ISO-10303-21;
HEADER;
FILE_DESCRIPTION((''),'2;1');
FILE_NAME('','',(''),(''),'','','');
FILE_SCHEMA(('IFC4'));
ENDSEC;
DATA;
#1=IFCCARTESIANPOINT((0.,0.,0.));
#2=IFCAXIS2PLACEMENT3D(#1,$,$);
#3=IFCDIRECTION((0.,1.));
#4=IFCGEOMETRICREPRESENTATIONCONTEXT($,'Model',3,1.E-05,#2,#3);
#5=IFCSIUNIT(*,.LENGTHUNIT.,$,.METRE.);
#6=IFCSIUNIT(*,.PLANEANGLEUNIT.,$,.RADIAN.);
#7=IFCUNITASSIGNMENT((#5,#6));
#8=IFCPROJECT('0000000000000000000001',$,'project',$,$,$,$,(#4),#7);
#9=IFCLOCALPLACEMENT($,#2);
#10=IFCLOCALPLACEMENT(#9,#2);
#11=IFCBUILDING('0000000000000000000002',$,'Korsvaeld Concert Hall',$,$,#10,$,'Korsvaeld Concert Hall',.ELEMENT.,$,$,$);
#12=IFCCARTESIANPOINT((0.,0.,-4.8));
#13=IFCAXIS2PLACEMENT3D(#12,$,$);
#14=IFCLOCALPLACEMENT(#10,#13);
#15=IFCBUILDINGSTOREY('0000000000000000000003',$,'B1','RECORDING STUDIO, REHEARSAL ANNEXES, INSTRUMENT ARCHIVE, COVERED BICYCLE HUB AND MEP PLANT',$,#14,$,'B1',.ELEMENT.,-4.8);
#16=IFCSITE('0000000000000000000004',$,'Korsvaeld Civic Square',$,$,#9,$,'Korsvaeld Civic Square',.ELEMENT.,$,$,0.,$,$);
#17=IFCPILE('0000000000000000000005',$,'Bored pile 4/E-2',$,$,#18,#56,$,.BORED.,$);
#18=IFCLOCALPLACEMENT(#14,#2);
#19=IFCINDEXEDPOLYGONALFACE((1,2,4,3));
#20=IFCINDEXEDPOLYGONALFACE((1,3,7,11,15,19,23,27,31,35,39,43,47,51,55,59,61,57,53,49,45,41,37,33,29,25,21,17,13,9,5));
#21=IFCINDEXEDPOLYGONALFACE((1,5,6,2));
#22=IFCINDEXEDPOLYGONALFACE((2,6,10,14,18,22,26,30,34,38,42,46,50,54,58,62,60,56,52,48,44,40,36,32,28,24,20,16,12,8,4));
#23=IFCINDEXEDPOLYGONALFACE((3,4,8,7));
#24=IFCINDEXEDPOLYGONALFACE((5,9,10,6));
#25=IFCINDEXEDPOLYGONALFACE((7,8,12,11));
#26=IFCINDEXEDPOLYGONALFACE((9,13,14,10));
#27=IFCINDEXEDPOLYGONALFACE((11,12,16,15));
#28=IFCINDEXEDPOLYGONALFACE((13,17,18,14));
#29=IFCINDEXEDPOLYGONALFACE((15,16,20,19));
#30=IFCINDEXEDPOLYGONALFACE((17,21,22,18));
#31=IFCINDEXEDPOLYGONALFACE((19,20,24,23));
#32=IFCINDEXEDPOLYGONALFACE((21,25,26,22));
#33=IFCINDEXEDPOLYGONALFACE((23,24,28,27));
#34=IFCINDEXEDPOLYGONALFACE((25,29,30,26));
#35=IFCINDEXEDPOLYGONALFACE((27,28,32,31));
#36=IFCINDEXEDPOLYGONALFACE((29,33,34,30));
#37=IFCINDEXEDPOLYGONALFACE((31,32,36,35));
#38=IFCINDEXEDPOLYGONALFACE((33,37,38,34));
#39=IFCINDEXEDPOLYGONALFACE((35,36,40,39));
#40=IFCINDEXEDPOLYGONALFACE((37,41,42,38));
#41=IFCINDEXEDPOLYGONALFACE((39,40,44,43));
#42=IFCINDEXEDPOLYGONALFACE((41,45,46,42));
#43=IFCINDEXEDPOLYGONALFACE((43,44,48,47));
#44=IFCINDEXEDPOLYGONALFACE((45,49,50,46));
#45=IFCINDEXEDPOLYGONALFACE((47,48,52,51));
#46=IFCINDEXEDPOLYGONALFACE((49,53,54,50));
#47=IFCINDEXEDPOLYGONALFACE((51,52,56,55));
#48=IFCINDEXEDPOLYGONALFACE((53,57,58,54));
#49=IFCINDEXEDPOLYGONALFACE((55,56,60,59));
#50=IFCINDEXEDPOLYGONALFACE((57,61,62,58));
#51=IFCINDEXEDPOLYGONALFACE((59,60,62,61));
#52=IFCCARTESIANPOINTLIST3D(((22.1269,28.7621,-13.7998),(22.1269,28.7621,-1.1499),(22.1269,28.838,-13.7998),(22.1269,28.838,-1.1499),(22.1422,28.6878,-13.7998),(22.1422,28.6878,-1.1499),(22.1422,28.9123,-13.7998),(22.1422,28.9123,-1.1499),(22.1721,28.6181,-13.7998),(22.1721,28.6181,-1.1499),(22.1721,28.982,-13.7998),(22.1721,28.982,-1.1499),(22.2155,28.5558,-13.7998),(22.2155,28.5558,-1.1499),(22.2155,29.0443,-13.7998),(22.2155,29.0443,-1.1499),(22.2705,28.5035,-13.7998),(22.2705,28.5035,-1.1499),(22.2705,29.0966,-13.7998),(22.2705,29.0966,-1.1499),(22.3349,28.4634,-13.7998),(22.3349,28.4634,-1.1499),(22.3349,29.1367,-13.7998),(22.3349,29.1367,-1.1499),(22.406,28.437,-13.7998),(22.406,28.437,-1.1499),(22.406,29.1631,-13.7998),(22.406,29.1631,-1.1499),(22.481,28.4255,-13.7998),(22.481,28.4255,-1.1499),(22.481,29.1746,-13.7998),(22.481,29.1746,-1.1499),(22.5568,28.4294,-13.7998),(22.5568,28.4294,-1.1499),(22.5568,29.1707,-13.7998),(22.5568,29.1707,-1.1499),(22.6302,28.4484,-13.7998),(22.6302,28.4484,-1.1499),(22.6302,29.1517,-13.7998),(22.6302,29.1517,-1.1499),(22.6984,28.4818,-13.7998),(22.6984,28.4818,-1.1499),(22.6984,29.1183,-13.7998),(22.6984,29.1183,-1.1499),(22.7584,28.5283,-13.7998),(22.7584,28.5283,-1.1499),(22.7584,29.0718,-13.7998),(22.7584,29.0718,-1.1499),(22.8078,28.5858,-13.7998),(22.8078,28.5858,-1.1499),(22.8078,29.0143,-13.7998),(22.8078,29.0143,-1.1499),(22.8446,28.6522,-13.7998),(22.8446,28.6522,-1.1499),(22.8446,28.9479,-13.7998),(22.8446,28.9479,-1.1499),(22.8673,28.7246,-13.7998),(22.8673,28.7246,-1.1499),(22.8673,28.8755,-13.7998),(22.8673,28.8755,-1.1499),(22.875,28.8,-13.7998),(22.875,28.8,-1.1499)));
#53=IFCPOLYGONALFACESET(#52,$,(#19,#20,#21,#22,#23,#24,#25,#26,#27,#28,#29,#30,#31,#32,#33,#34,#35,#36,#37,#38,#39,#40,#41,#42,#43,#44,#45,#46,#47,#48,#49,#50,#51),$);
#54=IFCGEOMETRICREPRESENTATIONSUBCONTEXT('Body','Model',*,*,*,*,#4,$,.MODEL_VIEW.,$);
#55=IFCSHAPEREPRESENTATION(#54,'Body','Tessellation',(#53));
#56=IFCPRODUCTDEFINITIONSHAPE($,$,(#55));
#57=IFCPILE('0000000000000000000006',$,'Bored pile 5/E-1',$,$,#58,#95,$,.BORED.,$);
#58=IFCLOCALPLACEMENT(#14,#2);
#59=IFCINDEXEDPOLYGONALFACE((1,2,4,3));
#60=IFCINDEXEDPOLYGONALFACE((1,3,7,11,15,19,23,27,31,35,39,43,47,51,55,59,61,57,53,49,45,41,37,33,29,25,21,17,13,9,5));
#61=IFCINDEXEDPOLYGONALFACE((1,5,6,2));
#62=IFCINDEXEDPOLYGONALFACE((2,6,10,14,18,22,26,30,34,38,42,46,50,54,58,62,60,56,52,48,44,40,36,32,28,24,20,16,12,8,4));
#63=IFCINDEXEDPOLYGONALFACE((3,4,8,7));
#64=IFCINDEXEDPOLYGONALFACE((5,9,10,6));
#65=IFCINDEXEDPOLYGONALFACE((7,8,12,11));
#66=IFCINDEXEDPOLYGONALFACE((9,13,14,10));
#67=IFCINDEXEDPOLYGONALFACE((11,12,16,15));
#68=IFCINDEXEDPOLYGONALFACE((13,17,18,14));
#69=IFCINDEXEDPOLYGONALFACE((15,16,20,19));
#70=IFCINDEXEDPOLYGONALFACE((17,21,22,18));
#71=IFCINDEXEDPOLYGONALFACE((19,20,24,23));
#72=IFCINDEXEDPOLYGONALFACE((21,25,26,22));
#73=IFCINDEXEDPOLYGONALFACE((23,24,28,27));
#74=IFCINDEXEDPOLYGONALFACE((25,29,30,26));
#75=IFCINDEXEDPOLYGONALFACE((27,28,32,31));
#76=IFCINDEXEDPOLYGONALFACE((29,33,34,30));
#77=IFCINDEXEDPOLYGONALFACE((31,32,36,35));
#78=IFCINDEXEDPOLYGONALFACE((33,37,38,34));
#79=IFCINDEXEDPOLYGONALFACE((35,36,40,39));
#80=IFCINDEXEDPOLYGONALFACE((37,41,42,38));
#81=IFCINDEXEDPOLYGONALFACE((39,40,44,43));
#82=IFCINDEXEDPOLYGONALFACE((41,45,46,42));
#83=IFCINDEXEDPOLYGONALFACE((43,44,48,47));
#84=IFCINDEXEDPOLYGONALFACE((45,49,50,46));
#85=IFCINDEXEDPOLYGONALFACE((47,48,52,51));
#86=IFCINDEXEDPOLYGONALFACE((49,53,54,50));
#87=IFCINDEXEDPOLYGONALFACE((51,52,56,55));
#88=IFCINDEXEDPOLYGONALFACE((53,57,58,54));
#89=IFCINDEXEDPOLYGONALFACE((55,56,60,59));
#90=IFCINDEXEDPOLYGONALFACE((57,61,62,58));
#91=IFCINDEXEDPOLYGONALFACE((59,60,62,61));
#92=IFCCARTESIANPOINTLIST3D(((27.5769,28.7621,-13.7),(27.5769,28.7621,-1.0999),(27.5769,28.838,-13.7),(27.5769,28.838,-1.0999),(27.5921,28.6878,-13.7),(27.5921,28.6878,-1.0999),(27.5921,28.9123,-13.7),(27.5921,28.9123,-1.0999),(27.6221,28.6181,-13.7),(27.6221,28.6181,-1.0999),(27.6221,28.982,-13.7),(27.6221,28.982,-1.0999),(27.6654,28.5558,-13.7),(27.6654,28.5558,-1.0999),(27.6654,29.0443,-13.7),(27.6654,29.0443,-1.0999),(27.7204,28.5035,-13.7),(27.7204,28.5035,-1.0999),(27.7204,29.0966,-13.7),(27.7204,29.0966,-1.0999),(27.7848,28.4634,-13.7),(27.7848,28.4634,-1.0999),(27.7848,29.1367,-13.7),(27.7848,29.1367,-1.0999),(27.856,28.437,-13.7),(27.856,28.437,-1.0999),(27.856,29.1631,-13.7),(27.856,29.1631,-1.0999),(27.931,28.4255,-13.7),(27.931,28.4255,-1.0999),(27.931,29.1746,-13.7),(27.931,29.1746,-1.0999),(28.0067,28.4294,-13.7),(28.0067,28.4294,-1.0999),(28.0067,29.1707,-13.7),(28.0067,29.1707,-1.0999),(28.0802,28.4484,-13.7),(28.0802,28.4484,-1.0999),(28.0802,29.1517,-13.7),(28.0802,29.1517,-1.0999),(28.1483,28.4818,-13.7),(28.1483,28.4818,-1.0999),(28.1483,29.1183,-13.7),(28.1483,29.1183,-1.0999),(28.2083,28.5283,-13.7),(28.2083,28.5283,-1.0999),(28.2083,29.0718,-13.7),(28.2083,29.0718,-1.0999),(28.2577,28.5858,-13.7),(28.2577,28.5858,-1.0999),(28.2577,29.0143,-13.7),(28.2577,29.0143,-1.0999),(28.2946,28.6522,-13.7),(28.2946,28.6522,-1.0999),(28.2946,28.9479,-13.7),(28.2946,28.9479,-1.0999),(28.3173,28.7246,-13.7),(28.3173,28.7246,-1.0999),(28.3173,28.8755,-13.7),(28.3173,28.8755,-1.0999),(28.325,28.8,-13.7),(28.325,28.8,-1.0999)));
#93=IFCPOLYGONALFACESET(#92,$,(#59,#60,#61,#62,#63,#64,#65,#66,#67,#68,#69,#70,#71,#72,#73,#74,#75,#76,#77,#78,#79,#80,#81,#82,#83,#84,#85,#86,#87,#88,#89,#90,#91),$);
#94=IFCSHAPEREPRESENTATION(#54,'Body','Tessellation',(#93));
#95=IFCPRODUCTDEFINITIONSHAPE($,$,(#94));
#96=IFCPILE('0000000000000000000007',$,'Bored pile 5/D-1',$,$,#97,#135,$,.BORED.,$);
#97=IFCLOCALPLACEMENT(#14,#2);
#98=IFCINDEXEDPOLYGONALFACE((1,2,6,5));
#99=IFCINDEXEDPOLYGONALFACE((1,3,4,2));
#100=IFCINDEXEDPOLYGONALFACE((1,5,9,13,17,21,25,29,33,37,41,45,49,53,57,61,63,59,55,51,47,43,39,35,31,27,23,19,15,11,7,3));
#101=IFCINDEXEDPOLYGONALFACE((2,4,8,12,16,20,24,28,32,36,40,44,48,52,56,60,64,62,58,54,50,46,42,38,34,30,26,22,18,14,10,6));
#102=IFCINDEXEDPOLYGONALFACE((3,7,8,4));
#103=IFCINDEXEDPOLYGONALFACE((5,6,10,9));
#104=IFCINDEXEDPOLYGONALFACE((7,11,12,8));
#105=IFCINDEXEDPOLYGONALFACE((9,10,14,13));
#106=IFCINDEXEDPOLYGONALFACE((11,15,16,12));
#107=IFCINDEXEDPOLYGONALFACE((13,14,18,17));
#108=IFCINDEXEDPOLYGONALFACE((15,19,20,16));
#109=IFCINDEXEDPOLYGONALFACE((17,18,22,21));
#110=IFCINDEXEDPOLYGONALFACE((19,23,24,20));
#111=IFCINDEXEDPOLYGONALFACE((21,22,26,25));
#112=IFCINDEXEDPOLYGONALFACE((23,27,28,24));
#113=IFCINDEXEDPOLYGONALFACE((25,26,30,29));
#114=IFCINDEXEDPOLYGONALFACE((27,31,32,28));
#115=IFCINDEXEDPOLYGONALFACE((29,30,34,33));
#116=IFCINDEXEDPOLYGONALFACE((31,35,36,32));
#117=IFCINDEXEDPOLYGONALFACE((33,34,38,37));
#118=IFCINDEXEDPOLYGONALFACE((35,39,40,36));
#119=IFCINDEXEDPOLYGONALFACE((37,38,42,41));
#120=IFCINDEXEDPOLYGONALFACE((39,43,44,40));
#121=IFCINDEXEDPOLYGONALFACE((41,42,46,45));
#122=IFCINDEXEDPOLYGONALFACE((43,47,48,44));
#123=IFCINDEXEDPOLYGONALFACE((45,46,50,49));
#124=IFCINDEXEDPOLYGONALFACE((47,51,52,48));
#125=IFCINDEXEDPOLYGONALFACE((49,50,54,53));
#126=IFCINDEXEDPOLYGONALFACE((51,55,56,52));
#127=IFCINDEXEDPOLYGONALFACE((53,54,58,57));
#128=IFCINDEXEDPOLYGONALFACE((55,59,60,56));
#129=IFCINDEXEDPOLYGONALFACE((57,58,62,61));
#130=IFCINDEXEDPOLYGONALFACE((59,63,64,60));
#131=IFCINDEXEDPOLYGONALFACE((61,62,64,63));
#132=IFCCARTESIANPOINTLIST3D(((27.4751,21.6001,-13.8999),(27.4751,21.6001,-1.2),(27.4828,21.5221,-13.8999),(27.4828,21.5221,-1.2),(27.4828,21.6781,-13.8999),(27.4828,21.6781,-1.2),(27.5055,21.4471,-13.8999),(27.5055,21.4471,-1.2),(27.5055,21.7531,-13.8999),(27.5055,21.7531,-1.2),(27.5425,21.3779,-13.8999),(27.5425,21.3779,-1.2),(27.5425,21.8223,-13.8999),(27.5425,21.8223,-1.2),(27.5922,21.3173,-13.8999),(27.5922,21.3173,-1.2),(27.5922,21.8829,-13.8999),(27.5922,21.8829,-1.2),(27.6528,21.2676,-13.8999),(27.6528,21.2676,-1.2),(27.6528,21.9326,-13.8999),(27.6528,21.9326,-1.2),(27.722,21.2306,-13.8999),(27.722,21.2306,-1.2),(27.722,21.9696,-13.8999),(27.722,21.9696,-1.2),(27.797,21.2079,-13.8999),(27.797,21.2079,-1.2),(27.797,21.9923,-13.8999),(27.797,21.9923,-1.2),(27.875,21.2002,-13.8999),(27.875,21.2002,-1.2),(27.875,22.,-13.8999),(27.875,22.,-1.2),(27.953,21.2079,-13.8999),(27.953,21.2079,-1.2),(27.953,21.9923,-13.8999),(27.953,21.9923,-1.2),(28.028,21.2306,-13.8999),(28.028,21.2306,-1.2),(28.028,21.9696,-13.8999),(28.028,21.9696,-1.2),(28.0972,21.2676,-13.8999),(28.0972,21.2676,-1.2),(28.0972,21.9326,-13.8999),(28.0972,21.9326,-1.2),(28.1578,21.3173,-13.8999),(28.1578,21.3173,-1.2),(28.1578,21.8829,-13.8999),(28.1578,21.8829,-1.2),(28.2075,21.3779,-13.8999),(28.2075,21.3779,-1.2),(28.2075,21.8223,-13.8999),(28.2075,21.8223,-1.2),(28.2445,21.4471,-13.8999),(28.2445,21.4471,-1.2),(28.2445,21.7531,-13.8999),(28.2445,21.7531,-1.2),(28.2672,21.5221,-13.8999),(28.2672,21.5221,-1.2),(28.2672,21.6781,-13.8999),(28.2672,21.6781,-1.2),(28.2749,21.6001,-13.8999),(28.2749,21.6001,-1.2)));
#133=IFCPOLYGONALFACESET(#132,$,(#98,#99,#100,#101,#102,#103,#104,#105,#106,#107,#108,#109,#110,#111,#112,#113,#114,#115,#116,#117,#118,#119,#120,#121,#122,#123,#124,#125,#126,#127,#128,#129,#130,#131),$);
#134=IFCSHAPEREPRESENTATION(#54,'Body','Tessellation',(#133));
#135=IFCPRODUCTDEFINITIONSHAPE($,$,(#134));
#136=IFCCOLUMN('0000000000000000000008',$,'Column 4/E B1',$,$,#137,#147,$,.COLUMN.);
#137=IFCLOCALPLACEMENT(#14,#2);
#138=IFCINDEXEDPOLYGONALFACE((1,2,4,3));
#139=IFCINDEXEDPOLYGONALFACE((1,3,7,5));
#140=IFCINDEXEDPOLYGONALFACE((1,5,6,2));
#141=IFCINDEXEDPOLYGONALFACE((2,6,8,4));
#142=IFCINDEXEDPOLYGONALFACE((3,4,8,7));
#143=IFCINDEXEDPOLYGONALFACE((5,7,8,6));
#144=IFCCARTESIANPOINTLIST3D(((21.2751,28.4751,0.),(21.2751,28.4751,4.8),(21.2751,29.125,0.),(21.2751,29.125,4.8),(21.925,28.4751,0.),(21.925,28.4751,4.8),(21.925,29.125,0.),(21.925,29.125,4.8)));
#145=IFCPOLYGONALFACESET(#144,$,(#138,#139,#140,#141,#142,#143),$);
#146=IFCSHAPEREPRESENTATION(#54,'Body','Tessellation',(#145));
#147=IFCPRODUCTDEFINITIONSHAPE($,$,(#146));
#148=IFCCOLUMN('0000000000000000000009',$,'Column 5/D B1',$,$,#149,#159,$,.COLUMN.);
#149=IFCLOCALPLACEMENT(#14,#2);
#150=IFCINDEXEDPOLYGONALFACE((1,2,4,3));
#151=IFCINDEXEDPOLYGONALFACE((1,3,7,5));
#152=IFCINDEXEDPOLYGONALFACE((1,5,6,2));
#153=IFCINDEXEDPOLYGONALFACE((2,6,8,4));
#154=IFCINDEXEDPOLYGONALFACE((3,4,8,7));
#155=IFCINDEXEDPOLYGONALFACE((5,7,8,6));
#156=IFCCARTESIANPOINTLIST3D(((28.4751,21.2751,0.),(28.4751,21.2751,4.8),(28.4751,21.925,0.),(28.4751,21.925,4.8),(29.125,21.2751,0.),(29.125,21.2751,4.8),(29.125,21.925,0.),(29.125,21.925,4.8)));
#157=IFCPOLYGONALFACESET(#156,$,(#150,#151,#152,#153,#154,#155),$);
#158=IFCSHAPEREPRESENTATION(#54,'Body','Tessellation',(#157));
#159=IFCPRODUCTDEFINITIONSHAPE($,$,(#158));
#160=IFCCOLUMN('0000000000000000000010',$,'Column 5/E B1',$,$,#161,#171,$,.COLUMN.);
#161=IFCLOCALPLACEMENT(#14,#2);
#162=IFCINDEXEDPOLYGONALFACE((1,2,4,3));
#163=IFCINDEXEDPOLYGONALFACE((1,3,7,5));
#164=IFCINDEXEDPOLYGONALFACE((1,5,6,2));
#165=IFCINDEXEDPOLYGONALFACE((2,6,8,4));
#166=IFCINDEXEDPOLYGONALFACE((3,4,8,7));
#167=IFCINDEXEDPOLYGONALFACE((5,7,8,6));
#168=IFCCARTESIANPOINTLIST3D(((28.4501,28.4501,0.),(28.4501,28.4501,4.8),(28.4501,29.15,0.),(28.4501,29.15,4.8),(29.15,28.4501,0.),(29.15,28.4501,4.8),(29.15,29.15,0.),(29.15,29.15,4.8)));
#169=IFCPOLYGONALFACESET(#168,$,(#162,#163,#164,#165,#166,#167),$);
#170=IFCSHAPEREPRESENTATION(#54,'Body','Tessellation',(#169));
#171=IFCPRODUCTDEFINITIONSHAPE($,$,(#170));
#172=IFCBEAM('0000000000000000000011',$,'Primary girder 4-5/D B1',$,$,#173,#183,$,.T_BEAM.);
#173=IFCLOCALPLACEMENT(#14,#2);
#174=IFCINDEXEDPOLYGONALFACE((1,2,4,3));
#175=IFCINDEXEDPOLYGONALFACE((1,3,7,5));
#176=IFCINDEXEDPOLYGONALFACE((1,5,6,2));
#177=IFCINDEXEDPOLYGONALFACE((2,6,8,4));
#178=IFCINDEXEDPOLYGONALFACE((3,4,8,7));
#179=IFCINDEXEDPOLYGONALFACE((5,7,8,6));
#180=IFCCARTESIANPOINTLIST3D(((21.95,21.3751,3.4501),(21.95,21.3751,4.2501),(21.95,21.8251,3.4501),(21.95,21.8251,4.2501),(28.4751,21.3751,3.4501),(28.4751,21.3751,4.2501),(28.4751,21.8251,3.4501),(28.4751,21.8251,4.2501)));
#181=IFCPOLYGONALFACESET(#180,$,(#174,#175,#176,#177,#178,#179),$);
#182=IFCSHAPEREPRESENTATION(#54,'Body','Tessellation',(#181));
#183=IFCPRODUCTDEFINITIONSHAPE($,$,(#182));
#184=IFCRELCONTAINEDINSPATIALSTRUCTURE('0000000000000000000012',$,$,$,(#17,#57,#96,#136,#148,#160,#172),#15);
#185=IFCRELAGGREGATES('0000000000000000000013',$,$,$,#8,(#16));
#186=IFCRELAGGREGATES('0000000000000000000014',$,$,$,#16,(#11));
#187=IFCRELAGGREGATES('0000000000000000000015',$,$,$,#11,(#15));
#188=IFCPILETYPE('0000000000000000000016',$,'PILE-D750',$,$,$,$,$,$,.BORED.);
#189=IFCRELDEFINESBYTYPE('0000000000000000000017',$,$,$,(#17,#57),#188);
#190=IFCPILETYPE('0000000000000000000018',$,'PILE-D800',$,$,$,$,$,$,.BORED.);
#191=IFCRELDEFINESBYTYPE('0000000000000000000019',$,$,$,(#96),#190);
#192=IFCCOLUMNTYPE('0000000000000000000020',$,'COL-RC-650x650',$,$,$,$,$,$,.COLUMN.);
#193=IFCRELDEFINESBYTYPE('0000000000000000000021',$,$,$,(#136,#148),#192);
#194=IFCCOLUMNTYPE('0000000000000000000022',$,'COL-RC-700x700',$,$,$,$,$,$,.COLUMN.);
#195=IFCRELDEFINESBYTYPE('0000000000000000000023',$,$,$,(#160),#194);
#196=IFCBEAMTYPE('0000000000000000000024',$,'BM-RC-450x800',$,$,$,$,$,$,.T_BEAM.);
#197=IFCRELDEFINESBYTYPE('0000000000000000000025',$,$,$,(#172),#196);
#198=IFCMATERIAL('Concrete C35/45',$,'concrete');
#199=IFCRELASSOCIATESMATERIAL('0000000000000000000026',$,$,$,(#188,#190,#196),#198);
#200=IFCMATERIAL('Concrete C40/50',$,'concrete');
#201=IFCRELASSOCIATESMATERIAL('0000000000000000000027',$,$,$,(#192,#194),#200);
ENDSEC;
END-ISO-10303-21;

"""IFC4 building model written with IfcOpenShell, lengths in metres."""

from ifc_helpers import new_model, si_unit, direction, frame, origin, origin_2d, place, context, subcontext, project, spatial, rectangle, circle, extrude, material, material_profile, profile_set, type_object, element, save


model = new_model("IFC4")

# Units and contexts
model_context = context("Model", 3, precision=1e-05, world=origin(), true_north=direction((0.0, 1.0)))
body_context = subcontext(model_context, "Body", "Model", "MODEL_VIEW")
ifc_project = project(units=[si_unit("LENGTHUNIT", "METRE"), si_unit("PLANEANGLEUNIT", "RADIAN")], contexts=[model_context])

# Site, building, storey
site_placement = place(None, origin())
site = spatial("IfcSite", under=ifc_project, at=site_placement, Name="Korsvaeld Civic Square", LongName="Korsvaeld Civic Square", CompositionType="ELEMENT", RefElevation=0.0)
building_placement = place(site_placement, origin())
building = spatial("IfcBuilding", under=site, at=building_placement, Name="Korsvaeld Concert Hall", LongName="Korsvaeld Concert Hall", CompositionType="ELEMENT")
storey_placement = place(building_placement, frame((0.0, 0.0, -4.8)))
storey = spatial("IfcBuildingStorey", under=building, at=storey_placement, Name="B1", Description="RECORDING STUDIO, REHEARSAL ANNEXES, INSTRUMENT ARCHIVE, COVERED BICYCLE HUB AND MEP PLANT", LongName="B1", CompositionType="ELEMENT", Elevation=-4.8)

# Shared definitions
ifc_material_1 = material(Name="Concrete C35/45", Category="concrete")

# Piles
ifc_material_profile_1 = material_profile(ifc_material_1, circle(Radius=0.375, at=origin_2d()), Name="BORED PILE D750")
ifc_profile_set_1 = profile_set([ifc_material_profile_1], Name="Concrete C35/45")
pile_type_1 = type_object("IfcPileType", Name="PILE-D750", PredefinedType="BORED", material=ifc_profile_set_1)
pile_1_placement = place(storey_placement, frame((22.5, 28.8, -1.1499), z_axis=(0.0, 0.0, -1.0), x_axis=(1.0, 0.0, 0.0)))
element("IfcPile", 1, at=pile_1_placement, inside=storey, type_object=pile_type_1, Name="Bored pile 4/E-2", PredefinedType="BORED", context=body_context, shape_type="SweptSolid", body=[
    extrude(circle(Radius=0.375, at=origin_2d()), origin(), (0.0, 0.0, 1.0), 12.6499),
])
pile_2_placement = place(storey_placement, frame((27.95, 28.8, -1.0999), z_axis=(0.0, 0.0, -1.0), x_axis=(1.0, 0.0, 0.0)))
element("IfcPile", 2, at=pile_2_placement, inside=storey, type_object=pile_type_1, Name="Bored pile 5/E-1", PredefinedType="BORED", context=body_context, shape_type="SweptSolid", body=[
    extrude(circle(Radius=0.375, at=origin_2d()), origin(), (0.0, 0.0, 1.0), 12.6001),
])
ifc_material_profile_2 = material_profile(ifc_material_1, circle(Radius=0.3999, at=origin_2d()), Name="BORED PILE D800")
ifc_profile_set_2 = profile_set([ifc_material_profile_2], Name="Concrete C35/45")
pile_type_2 = type_object("IfcPileType", Name="PILE-D800", PredefinedType="BORED", material=ifc_profile_set_2)
pile_3_placement = place(storey_placement, frame((27.875, 21.6001, -1.2), z_axis=(0.0, 0.0, -1.0), x_axis=(1.0, 0.0, 0.0)))
element("IfcPile", 3, at=pile_3_placement, inside=storey, type_object=pile_type_2, Name="Bored pile 5/D-1", PredefinedType="BORED", context=body_context, shape_type="SweptSolid", body=[
    extrude(circle(Radius=0.3999, at=origin_2d()), origin(), (0.0, 0.0, 1.0), 12.7),
])

# Columns
ifc_material_2 = material(Name="Concrete C40/50", Category="concrete")
ifc_material_profile_3 = material_profile(ifc_material_2, rectangle(XDim=0.6499, YDim=0.6499, at=origin_2d()), Name="RC 650x650")
ifc_profile_set_3 = profile_set([ifc_material_profile_3], Name="Concrete C40/50")
column_type_1 = type_object("IfcColumnType", Name="COL-RC-650x650", PredefinedType="COLUMN", material=ifc_profile_set_3)
for number, where, z_axis, x_axis, name in (
    (4, (21.6001, 28.8, 0.0), (0.0, 0.0, 1.0), (1.0, 0.0, 0.0), "Column 4/E B1"),
    (5, (28.8, 21.6001, 0.0), (0.0, 0.0, 1.0), (1.0, 0.0, 0.0), "Column 5/D B1"),
):
    element("IfcColumn", number, at=place(storey_placement, frame(where, z_axis=z_axis, x_axis=x_axis)), inside=storey, type_object=column_type_1, Name=name, PredefinedType="COLUMN", context=body_context, shape_type="SweptSolid", body=[
        extrude(rectangle(XDim=0.6499, YDim=0.6499, at=origin_2d()), origin(), (0.0, 0.0, 1.0), 4.8),
    ])
ifc_material_profile_4 = material_profile(ifc_material_2, rectangle(XDim=0.7, YDim=0.7, at=origin_2d()), Name="RC 700x700")
ifc_profile_set_4 = profile_set([ifc_material_profile_4], Name="Concrete C40/50")
column_type_2 = type_object("IfcColumnType", Name="COL-RC-700x700", PredefinedType="COLUMN", material=ifc_profile_set_4)
column_placement = place(storey_placement, frame((28.8, 28.8, 0.0), z_axis=(0.0, 0.0, 1.0), x_axis=(1.0, 0.0, 0.0)))
element("IfcColumn", 6, at=column_placement, inside=storey, type_object=column_type_2, Name="Column 5/E B1", PredefinedType="COLUMN", context=body_context, shape_type="SweptSolid", body=[
    extrude(rectangle(XDim=0.7, YDim=0.7, at=origin_2d()), origin(), (0.0, 0.0, 1.0), 4.8),
])

# Beam
ifc_material_profile_5 = material_profile(ifc_material_1, rectangle(XDim=0.45, YDim=0.8, at=origin_2d()), Name="RC 450x800")
ifc_profile_set_5 = profile_set([ifc_material_profile_5], Name="Concrete C35/45")
beam_type_1 = type_object("IfcBeamType", Name="BM-RC-450x800", PredefinedType="T_BEAM", material=ifc_profile_set_5)
beam_1_placement = place(storey_placement, frame((21.95, 21.6001, 3.8501), z_axis=(1.0, 0.0, 0.0), x_axis=(0.0, 1.0, 0.0)))
element("IfcBeam", 7, at=beam_1_placement, inside=storey, type_object=beam_type_1, Name="Primary girder 4-5/D B1", PredefinedType="T_BEAM", context=body_context, shape_type="SweptSolid", body=[
    extrude(rectangle(XDim=0.45, YDim=0.8, at=origin_2d()), origin(), (0.0, 0.0, 1.0), 6.5251),
])

save(model, "model.ifc")
